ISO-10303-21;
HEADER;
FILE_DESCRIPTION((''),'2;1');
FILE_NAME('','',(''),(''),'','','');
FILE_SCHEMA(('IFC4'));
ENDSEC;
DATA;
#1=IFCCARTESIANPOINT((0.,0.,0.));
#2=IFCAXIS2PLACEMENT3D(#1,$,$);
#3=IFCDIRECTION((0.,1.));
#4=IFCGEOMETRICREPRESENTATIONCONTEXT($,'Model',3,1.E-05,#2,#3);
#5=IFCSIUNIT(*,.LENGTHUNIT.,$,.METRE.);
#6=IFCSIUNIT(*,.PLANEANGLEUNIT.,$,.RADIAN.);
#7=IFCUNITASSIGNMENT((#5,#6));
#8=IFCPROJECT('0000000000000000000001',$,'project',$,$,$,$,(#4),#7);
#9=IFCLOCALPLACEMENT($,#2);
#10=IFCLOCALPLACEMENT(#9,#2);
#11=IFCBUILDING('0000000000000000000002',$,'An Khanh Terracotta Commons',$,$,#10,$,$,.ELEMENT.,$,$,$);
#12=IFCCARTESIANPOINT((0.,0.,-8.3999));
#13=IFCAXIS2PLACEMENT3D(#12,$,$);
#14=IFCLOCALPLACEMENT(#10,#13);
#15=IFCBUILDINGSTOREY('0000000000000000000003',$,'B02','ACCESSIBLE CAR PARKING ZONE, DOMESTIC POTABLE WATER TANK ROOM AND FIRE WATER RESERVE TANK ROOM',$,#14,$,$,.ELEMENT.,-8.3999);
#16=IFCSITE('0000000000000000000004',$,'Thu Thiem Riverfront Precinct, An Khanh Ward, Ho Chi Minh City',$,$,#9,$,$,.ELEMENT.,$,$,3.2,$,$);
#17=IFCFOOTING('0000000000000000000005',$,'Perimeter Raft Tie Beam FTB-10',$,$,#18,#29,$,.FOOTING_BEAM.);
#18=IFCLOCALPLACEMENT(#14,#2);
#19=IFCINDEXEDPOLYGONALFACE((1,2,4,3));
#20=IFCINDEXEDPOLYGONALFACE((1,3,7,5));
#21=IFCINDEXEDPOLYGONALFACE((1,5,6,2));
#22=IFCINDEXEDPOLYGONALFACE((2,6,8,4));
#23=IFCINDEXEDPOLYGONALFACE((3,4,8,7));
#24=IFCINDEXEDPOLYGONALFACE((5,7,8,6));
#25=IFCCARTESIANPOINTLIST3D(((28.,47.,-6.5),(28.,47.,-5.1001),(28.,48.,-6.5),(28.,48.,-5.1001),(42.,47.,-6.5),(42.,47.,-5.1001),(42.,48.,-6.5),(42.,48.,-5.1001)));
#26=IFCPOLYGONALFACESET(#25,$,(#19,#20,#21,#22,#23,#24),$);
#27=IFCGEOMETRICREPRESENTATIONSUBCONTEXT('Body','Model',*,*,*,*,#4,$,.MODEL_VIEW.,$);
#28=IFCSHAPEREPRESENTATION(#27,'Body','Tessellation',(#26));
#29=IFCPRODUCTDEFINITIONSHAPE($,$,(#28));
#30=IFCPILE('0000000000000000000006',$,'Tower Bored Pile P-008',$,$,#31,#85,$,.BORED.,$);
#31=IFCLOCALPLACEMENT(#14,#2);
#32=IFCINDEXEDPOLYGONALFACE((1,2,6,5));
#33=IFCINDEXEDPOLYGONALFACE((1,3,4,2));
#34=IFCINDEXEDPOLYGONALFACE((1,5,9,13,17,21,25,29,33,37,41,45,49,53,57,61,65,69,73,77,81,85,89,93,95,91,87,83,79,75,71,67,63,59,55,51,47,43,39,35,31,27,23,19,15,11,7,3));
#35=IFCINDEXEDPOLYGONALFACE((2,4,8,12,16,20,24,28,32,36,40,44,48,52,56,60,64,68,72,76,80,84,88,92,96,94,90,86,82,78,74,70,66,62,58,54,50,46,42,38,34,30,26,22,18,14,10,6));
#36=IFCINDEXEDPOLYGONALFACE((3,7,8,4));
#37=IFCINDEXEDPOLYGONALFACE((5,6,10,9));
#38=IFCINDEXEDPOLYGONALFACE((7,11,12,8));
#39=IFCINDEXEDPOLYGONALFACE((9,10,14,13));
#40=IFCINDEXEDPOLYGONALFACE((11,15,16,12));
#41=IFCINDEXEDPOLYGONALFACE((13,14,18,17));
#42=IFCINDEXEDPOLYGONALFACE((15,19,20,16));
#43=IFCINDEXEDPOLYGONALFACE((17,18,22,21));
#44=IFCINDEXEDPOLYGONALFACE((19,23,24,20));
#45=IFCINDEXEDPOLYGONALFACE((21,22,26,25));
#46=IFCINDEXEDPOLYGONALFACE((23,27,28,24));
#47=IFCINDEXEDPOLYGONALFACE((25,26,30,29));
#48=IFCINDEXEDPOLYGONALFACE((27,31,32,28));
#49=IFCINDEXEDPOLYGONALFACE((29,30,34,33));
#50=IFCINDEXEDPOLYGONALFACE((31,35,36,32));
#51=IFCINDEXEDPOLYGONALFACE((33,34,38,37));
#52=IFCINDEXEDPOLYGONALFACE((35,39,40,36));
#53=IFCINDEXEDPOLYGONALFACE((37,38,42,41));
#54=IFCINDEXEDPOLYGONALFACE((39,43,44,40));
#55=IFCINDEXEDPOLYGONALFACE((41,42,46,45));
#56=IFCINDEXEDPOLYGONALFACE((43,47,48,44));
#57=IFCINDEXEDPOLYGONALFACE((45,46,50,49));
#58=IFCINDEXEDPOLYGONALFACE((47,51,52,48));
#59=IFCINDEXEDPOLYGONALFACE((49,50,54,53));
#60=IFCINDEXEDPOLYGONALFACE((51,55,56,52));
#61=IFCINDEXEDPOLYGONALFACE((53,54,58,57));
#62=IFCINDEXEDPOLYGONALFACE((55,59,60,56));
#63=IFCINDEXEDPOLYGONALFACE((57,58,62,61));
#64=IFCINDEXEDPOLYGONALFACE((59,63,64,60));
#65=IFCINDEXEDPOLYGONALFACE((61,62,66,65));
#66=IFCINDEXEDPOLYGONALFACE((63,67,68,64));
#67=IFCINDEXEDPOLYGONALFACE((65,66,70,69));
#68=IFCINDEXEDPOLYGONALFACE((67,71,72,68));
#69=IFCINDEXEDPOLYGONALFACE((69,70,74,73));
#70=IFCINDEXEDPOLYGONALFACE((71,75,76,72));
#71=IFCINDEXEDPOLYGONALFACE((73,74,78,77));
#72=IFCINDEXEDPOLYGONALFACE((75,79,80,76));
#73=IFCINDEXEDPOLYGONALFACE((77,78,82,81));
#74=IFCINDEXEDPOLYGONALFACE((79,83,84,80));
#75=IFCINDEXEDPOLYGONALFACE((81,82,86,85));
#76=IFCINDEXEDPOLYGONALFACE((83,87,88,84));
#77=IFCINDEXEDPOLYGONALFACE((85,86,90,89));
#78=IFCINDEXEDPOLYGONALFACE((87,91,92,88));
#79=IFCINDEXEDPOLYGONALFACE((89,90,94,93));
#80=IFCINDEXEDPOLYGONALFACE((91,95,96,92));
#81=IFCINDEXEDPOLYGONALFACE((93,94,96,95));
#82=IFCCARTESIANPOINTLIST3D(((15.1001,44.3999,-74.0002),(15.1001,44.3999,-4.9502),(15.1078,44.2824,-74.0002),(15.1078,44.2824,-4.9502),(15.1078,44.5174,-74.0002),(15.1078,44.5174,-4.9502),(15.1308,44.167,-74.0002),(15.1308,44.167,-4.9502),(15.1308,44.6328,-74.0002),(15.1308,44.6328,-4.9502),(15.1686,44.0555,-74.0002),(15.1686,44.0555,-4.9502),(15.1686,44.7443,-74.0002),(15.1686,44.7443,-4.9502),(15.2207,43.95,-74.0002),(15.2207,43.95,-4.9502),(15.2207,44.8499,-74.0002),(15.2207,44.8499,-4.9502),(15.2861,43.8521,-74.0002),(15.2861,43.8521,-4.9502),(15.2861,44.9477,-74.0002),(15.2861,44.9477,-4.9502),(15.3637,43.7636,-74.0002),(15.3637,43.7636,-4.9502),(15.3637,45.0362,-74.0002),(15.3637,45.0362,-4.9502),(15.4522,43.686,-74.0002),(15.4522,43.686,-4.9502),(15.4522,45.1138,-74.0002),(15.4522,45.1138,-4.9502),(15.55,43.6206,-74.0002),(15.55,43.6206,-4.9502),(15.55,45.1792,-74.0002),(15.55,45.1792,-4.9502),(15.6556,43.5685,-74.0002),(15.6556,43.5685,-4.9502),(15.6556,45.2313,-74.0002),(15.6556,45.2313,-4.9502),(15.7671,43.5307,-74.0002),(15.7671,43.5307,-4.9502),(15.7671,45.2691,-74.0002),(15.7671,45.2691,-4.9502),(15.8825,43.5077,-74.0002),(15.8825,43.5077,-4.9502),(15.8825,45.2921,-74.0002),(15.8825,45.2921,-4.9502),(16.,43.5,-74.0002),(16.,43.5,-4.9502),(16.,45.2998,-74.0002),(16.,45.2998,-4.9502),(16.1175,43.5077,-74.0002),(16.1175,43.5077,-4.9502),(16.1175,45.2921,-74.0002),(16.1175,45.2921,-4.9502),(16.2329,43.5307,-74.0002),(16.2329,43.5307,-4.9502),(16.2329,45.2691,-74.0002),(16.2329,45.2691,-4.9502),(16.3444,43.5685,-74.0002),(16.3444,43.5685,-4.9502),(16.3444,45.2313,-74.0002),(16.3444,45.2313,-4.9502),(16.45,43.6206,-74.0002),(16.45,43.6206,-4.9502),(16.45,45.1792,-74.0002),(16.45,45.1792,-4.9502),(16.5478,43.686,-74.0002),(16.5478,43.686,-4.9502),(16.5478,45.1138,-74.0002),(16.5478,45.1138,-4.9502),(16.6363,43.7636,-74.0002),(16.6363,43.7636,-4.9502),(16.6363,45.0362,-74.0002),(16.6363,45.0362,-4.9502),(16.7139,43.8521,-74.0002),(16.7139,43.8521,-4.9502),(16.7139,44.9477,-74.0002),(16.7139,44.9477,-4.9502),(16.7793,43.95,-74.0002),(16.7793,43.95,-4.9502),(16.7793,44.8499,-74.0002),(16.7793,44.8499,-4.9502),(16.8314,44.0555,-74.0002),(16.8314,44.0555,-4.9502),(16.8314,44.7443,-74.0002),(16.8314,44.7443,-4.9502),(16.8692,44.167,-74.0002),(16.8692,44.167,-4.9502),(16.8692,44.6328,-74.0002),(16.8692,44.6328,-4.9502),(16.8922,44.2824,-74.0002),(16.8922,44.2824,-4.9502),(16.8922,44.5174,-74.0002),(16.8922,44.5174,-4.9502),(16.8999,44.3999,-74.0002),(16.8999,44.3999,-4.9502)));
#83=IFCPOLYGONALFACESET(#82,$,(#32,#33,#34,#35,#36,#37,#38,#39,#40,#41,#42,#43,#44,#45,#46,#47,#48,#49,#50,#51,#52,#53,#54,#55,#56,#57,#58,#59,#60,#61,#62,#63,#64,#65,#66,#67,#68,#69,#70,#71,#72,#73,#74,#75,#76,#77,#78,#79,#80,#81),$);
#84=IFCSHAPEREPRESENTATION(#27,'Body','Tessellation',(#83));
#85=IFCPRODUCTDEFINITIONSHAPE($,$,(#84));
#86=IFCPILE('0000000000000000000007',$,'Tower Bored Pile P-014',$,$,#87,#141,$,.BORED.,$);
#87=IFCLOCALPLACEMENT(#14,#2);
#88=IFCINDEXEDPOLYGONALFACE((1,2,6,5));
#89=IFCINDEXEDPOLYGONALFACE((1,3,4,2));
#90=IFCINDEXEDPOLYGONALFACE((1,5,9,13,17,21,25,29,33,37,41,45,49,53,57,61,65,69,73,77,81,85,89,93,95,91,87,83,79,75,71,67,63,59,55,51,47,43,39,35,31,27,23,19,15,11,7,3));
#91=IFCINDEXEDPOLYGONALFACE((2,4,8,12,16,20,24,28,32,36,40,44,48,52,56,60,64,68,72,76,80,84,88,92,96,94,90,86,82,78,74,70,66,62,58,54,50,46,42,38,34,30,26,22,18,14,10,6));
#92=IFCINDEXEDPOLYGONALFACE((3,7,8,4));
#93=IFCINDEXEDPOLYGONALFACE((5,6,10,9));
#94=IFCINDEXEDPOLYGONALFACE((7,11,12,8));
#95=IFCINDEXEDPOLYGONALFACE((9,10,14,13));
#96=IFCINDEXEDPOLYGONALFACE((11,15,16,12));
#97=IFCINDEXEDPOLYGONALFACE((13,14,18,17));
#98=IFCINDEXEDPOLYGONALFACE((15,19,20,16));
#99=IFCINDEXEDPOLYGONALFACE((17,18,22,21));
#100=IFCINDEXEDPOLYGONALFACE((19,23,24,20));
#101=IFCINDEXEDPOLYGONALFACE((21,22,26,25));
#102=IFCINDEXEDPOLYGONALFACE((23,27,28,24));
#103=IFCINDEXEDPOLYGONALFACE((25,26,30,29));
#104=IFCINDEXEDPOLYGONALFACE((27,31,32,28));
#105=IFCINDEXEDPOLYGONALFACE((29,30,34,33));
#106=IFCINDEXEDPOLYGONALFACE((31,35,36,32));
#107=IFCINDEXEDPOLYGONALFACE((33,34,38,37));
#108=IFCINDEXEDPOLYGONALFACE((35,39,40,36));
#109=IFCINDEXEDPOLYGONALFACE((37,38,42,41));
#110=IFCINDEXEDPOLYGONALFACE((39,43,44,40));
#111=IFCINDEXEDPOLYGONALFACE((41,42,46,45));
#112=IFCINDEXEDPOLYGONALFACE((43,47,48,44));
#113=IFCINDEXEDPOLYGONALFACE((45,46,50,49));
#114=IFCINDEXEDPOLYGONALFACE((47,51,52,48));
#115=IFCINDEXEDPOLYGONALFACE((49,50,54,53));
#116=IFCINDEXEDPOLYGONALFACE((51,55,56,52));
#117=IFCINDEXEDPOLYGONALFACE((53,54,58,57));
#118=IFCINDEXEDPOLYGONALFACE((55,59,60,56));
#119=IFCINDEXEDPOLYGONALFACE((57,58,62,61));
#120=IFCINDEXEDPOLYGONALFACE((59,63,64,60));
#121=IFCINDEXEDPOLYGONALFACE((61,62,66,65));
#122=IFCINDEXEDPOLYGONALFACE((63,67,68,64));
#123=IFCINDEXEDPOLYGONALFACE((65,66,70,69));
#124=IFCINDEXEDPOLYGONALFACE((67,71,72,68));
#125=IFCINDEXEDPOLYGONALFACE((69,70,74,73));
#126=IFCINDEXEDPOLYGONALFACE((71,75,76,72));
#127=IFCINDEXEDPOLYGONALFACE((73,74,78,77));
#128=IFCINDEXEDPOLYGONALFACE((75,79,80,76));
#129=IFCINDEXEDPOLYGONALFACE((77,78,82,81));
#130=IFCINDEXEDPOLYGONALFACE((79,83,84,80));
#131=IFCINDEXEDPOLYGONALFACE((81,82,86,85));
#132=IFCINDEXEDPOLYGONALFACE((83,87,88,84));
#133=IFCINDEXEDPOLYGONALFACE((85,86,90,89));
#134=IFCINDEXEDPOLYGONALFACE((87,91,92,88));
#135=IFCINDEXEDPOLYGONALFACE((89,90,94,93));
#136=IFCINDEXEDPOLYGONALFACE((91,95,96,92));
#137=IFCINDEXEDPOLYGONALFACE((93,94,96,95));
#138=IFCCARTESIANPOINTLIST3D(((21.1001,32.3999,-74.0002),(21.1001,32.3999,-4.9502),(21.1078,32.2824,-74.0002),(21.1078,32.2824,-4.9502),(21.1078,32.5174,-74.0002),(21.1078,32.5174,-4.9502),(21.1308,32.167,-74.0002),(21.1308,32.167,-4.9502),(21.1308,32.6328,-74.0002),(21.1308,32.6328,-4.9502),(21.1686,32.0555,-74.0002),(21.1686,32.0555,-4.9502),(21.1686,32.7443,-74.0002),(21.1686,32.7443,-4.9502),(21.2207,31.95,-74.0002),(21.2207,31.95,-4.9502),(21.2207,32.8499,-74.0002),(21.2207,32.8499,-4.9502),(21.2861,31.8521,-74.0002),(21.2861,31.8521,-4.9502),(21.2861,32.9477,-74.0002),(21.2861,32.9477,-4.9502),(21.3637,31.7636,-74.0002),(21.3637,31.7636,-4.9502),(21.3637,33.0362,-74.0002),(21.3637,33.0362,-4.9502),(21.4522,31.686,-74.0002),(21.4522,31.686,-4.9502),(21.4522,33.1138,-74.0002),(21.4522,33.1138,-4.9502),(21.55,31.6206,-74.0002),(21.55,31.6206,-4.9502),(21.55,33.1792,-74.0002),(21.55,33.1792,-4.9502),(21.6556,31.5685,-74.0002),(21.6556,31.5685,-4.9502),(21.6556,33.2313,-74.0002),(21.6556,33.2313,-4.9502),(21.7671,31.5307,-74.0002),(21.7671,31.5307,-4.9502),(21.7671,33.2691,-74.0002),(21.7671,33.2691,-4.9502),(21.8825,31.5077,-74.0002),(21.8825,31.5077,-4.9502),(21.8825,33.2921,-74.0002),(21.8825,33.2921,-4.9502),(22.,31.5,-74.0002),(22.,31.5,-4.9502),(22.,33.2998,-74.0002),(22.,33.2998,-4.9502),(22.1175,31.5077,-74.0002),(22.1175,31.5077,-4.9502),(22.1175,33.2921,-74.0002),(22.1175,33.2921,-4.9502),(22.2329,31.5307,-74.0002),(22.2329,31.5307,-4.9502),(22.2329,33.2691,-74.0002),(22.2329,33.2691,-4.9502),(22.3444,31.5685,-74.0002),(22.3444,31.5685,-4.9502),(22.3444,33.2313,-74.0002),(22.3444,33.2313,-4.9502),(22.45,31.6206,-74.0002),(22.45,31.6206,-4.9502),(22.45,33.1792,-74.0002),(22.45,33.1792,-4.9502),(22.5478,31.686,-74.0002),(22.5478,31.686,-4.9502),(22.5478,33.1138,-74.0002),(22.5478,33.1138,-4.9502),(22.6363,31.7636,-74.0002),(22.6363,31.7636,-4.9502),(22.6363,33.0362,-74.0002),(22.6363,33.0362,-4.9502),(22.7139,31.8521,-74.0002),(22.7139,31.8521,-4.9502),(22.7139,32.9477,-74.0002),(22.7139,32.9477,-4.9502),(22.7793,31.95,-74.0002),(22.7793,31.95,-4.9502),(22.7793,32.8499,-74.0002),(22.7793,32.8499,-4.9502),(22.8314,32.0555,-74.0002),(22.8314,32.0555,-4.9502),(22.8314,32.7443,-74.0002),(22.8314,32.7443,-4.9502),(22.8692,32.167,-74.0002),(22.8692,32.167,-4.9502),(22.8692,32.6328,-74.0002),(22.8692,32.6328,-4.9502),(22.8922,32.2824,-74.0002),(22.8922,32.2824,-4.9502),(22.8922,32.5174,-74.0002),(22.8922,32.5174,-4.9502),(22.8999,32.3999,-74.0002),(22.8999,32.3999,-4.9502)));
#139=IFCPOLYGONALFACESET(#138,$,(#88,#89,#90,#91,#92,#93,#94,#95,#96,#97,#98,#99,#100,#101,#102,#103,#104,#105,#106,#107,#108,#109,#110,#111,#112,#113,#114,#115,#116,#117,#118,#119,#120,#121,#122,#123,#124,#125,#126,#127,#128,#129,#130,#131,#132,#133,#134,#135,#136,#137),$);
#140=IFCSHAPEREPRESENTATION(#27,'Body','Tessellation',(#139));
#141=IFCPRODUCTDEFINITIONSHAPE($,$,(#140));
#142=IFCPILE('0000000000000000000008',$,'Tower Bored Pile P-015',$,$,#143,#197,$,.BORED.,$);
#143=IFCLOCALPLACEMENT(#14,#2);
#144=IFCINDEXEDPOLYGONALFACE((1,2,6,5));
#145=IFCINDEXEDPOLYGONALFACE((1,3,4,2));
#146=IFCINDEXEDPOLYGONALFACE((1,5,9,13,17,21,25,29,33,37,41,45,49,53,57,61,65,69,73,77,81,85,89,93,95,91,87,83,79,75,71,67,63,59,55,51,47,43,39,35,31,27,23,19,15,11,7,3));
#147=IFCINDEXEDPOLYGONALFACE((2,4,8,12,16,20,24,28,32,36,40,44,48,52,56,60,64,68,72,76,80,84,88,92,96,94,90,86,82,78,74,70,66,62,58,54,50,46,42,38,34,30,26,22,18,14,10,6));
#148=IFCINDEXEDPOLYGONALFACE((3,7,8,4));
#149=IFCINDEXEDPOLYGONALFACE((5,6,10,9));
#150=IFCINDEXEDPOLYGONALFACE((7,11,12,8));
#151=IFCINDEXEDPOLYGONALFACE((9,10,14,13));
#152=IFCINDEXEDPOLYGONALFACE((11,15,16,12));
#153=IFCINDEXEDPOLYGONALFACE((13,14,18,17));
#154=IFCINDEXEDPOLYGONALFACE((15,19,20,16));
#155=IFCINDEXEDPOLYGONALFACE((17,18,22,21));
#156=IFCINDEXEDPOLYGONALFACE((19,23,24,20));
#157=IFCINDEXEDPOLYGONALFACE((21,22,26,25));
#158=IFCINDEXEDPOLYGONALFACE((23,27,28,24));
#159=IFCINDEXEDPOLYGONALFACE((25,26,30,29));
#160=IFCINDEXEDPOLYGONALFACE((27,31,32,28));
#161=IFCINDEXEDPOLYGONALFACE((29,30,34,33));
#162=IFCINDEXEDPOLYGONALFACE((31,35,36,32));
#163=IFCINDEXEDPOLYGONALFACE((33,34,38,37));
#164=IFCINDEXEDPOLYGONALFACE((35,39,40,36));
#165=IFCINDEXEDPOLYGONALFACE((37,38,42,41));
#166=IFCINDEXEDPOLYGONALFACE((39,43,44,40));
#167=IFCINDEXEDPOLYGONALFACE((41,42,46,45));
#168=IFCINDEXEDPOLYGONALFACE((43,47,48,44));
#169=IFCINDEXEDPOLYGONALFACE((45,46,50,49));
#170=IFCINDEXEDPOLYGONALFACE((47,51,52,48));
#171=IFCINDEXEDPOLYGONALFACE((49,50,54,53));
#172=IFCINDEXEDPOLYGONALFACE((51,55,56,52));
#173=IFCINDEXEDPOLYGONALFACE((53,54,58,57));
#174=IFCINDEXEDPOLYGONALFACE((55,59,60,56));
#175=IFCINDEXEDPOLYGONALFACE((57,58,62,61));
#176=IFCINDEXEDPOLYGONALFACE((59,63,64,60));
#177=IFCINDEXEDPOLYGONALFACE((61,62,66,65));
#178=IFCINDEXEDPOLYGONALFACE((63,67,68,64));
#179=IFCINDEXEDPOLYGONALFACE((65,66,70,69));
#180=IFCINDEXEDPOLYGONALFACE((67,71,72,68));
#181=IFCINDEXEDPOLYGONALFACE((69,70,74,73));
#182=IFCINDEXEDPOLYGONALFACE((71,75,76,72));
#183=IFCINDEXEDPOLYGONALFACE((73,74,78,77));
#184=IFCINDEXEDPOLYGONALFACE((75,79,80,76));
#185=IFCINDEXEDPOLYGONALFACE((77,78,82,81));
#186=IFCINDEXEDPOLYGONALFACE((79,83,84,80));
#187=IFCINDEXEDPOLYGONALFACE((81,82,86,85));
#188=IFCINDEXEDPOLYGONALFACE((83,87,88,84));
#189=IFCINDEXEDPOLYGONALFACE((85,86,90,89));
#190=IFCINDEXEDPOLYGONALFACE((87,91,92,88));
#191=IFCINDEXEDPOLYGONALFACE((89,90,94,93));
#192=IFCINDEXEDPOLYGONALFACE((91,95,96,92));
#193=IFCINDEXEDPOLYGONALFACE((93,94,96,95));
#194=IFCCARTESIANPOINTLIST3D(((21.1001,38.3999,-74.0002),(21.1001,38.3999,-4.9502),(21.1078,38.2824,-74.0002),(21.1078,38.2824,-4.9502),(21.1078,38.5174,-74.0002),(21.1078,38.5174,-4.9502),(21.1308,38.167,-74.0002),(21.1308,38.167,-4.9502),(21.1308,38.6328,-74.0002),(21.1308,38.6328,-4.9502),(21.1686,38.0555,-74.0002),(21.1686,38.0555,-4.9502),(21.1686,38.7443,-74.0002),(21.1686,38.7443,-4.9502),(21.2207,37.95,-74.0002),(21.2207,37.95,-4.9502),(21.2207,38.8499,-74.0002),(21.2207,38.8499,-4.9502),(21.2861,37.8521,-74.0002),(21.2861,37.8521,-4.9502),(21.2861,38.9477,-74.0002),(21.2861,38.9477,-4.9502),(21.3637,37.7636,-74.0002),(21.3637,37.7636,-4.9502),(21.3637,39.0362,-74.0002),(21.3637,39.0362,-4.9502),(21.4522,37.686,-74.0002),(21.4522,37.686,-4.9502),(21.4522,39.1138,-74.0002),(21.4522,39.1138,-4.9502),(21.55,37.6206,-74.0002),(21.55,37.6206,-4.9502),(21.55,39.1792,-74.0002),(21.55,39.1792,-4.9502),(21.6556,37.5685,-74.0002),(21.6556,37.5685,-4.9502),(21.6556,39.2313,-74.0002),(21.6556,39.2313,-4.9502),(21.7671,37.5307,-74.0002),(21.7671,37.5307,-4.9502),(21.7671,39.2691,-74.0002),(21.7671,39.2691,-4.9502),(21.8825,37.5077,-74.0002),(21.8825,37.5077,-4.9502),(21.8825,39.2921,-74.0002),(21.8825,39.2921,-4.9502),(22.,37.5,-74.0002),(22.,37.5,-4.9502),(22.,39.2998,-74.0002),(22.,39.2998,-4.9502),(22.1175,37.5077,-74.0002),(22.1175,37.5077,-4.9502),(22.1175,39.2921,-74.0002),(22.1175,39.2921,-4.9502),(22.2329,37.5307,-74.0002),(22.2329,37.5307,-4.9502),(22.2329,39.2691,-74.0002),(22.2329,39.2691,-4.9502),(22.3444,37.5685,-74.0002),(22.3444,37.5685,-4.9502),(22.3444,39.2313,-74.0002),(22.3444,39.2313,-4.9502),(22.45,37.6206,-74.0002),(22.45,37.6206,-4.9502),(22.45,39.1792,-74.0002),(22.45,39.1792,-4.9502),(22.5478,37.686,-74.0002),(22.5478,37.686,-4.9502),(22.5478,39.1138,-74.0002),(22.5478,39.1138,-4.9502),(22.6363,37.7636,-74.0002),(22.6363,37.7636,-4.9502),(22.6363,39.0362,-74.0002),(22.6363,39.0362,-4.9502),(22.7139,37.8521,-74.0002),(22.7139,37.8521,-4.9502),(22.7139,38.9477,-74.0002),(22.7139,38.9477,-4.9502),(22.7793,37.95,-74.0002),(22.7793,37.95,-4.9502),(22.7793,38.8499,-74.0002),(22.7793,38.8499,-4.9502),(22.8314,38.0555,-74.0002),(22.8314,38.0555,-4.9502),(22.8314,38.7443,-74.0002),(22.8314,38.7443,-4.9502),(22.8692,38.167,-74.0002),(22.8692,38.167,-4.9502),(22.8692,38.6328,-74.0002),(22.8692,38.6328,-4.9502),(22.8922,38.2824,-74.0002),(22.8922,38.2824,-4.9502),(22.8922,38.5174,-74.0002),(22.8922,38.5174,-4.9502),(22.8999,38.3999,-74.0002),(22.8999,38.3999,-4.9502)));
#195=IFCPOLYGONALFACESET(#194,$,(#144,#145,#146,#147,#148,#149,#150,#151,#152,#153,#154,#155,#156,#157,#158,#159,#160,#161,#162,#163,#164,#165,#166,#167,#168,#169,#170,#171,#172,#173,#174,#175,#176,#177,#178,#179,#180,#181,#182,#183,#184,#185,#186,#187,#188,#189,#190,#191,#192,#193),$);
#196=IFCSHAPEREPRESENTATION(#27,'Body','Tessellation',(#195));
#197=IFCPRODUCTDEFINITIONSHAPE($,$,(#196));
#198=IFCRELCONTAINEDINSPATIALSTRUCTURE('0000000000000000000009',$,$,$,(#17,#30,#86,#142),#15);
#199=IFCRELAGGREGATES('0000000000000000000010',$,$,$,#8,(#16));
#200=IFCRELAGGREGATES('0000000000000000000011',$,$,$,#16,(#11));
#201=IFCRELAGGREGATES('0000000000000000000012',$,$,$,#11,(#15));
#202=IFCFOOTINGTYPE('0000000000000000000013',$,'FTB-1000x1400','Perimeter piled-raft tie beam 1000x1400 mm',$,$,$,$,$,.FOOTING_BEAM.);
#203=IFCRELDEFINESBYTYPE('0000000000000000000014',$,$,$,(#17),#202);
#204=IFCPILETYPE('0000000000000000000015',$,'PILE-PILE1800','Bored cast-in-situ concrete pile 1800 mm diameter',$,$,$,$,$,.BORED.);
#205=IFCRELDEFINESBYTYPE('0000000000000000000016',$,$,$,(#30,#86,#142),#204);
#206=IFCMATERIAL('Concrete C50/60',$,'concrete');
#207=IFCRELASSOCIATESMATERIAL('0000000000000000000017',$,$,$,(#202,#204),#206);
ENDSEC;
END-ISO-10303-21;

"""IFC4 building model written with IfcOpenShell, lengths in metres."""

from ifc_helpers import new_model, si_unit, direction, frame, origin, origin_2d, place, context, subcontext, project, spatial, rectangle, circle, extrude, material, material_profile, profile_set, type_object, element, save


model = new_model("IFC4")

# Units and contexts
model_context = context("Model", 3, precision=1e-05, world=origin(), true_north=direction((0.0, 1.0)))
body_context = subcontext(model_context, "Body", "Model", "MODEL_VIEW")
ifc_project = project(units=[si_unit("LENGTHUNIT", "METRE"), si_unit("PLANEANGLEUNIT", "RADIAN")], contexts=[model_context])

# Site, building, storey
site_placement = place(None, origin())
site = spatial("IfcSite", under=ifc_project, at=site_placement, Name="Thu Thiem Riverfront Precinct, An Khanh Ward, Ho Chi Minh City", CompositionType="ELEMENT", RefElevation=3.2)
building_placement = place(site_placement, origin())
building = spatial("IfcBuilding", under=site, at=building_placement, Name="An Khanh Terracotta Commons", CompositionType="ELEMENT")
storey_placement = place(building_placement, frame((0.0, 0.0, -8.3999)))
storey = spatial("IfcBuildingStorey", under=building, at=storey_placement, Name="B02", Description="ACCESSIBLE CAR PARKING ZONE, DOMESTIC POTABLE WATER TANK ROOM AND FIRE WATER RESERVE TANK ROOM", CompositionType="ELEMENT", Elevation=-8.3999)

# Footing
ifc_material_1 = material(Name="Concrete C50/60", Category="concrete")
ifc_material_profile_1 = material_profile(ifc_material_1, rectangle(XDim=1.0, YDim=1.3999, at=origin_2d()), Name="FTB1000x1400")
ifc_profile_set_1 = profile_set([ifc_material_profile_1], Name="Concrete C50/60")
footing_type = type_object("IfcFootingType", Name="FTB-1000x1400", Description="Perimeter piled-raft tie beam 1000x1400 mm", PredefinedType="FOOTING_BEAM", material=ifc_profile_set_1)
footing_placement = place(storey_placement, frame((28.0, 47.5, -5.8), z_axis=(1.0, 0.0, 0.0), x_axis=(0.0, 1.0, 0.0)))
element("IfcFooting", 1, at=footing_placement, inside=storey, type_object=footing_type, Name="Perimeter Raft Tie Beam FTB-10", PredefinedType="FOOTING_BEAM", context=body_context, shape_type="SweptSolid", body=[
    extrude(rectangle(XDim=1.0, YDim=1.3999, at=origin_2d()), origin(), (0.0, 0.0, 1.0), 14.0),
])

# Piles
ifc_material_profile_2 = material_profile(ifc_material_1, circle(Radius=0.8999, at=origin_2d()), Name="PILE1800")
ifc_profile_set_2 = profile_set([ifc_material_profile_2], Name="Concrete C50/60")
pile_type = type_object("IfcPileType", Name="PILE-PILE1800", Description="Bored cast-in-situ concrete pile 1800 mm diameter", PredefinedType="BORED", material=ifc_profile_set_2)
for number, where, z_axis, x_axis, name in (
    (2, (16.0, 44.3999, -4.9502), (0.0, 0.0, -1.0), (1.0, 0.0, 0.0), "Tower Bored Pile P-008"),
    (3, (22.0, 32.3999, -4.9502), (0.0, 0.0, -1.0), (1.0, 0.0, 0.0), "Tower Bored Pile P-014"),
    (4, (22.0, 38.3999, -4.9502), (0.0, 0.0, -1.0), (1.0, 0.0, 0.0), "Tower Bored Pile P-015"),
):
    element("IfcPile", number, at=place(storey_placement, frame(where, z_axis=z_axis, x_axis=x_axis)), inside=storey, type_object=pile_type, Name=name, PredefinedType="BORED", context=body_context, shape_type="SweptSolid", body=[
        extrude(circle(Radius=0.8999, at=origin_2d()), origin(), (0.0, 0.0, 1.0), 69.05),
    ])

save(model, "model.ifc")
